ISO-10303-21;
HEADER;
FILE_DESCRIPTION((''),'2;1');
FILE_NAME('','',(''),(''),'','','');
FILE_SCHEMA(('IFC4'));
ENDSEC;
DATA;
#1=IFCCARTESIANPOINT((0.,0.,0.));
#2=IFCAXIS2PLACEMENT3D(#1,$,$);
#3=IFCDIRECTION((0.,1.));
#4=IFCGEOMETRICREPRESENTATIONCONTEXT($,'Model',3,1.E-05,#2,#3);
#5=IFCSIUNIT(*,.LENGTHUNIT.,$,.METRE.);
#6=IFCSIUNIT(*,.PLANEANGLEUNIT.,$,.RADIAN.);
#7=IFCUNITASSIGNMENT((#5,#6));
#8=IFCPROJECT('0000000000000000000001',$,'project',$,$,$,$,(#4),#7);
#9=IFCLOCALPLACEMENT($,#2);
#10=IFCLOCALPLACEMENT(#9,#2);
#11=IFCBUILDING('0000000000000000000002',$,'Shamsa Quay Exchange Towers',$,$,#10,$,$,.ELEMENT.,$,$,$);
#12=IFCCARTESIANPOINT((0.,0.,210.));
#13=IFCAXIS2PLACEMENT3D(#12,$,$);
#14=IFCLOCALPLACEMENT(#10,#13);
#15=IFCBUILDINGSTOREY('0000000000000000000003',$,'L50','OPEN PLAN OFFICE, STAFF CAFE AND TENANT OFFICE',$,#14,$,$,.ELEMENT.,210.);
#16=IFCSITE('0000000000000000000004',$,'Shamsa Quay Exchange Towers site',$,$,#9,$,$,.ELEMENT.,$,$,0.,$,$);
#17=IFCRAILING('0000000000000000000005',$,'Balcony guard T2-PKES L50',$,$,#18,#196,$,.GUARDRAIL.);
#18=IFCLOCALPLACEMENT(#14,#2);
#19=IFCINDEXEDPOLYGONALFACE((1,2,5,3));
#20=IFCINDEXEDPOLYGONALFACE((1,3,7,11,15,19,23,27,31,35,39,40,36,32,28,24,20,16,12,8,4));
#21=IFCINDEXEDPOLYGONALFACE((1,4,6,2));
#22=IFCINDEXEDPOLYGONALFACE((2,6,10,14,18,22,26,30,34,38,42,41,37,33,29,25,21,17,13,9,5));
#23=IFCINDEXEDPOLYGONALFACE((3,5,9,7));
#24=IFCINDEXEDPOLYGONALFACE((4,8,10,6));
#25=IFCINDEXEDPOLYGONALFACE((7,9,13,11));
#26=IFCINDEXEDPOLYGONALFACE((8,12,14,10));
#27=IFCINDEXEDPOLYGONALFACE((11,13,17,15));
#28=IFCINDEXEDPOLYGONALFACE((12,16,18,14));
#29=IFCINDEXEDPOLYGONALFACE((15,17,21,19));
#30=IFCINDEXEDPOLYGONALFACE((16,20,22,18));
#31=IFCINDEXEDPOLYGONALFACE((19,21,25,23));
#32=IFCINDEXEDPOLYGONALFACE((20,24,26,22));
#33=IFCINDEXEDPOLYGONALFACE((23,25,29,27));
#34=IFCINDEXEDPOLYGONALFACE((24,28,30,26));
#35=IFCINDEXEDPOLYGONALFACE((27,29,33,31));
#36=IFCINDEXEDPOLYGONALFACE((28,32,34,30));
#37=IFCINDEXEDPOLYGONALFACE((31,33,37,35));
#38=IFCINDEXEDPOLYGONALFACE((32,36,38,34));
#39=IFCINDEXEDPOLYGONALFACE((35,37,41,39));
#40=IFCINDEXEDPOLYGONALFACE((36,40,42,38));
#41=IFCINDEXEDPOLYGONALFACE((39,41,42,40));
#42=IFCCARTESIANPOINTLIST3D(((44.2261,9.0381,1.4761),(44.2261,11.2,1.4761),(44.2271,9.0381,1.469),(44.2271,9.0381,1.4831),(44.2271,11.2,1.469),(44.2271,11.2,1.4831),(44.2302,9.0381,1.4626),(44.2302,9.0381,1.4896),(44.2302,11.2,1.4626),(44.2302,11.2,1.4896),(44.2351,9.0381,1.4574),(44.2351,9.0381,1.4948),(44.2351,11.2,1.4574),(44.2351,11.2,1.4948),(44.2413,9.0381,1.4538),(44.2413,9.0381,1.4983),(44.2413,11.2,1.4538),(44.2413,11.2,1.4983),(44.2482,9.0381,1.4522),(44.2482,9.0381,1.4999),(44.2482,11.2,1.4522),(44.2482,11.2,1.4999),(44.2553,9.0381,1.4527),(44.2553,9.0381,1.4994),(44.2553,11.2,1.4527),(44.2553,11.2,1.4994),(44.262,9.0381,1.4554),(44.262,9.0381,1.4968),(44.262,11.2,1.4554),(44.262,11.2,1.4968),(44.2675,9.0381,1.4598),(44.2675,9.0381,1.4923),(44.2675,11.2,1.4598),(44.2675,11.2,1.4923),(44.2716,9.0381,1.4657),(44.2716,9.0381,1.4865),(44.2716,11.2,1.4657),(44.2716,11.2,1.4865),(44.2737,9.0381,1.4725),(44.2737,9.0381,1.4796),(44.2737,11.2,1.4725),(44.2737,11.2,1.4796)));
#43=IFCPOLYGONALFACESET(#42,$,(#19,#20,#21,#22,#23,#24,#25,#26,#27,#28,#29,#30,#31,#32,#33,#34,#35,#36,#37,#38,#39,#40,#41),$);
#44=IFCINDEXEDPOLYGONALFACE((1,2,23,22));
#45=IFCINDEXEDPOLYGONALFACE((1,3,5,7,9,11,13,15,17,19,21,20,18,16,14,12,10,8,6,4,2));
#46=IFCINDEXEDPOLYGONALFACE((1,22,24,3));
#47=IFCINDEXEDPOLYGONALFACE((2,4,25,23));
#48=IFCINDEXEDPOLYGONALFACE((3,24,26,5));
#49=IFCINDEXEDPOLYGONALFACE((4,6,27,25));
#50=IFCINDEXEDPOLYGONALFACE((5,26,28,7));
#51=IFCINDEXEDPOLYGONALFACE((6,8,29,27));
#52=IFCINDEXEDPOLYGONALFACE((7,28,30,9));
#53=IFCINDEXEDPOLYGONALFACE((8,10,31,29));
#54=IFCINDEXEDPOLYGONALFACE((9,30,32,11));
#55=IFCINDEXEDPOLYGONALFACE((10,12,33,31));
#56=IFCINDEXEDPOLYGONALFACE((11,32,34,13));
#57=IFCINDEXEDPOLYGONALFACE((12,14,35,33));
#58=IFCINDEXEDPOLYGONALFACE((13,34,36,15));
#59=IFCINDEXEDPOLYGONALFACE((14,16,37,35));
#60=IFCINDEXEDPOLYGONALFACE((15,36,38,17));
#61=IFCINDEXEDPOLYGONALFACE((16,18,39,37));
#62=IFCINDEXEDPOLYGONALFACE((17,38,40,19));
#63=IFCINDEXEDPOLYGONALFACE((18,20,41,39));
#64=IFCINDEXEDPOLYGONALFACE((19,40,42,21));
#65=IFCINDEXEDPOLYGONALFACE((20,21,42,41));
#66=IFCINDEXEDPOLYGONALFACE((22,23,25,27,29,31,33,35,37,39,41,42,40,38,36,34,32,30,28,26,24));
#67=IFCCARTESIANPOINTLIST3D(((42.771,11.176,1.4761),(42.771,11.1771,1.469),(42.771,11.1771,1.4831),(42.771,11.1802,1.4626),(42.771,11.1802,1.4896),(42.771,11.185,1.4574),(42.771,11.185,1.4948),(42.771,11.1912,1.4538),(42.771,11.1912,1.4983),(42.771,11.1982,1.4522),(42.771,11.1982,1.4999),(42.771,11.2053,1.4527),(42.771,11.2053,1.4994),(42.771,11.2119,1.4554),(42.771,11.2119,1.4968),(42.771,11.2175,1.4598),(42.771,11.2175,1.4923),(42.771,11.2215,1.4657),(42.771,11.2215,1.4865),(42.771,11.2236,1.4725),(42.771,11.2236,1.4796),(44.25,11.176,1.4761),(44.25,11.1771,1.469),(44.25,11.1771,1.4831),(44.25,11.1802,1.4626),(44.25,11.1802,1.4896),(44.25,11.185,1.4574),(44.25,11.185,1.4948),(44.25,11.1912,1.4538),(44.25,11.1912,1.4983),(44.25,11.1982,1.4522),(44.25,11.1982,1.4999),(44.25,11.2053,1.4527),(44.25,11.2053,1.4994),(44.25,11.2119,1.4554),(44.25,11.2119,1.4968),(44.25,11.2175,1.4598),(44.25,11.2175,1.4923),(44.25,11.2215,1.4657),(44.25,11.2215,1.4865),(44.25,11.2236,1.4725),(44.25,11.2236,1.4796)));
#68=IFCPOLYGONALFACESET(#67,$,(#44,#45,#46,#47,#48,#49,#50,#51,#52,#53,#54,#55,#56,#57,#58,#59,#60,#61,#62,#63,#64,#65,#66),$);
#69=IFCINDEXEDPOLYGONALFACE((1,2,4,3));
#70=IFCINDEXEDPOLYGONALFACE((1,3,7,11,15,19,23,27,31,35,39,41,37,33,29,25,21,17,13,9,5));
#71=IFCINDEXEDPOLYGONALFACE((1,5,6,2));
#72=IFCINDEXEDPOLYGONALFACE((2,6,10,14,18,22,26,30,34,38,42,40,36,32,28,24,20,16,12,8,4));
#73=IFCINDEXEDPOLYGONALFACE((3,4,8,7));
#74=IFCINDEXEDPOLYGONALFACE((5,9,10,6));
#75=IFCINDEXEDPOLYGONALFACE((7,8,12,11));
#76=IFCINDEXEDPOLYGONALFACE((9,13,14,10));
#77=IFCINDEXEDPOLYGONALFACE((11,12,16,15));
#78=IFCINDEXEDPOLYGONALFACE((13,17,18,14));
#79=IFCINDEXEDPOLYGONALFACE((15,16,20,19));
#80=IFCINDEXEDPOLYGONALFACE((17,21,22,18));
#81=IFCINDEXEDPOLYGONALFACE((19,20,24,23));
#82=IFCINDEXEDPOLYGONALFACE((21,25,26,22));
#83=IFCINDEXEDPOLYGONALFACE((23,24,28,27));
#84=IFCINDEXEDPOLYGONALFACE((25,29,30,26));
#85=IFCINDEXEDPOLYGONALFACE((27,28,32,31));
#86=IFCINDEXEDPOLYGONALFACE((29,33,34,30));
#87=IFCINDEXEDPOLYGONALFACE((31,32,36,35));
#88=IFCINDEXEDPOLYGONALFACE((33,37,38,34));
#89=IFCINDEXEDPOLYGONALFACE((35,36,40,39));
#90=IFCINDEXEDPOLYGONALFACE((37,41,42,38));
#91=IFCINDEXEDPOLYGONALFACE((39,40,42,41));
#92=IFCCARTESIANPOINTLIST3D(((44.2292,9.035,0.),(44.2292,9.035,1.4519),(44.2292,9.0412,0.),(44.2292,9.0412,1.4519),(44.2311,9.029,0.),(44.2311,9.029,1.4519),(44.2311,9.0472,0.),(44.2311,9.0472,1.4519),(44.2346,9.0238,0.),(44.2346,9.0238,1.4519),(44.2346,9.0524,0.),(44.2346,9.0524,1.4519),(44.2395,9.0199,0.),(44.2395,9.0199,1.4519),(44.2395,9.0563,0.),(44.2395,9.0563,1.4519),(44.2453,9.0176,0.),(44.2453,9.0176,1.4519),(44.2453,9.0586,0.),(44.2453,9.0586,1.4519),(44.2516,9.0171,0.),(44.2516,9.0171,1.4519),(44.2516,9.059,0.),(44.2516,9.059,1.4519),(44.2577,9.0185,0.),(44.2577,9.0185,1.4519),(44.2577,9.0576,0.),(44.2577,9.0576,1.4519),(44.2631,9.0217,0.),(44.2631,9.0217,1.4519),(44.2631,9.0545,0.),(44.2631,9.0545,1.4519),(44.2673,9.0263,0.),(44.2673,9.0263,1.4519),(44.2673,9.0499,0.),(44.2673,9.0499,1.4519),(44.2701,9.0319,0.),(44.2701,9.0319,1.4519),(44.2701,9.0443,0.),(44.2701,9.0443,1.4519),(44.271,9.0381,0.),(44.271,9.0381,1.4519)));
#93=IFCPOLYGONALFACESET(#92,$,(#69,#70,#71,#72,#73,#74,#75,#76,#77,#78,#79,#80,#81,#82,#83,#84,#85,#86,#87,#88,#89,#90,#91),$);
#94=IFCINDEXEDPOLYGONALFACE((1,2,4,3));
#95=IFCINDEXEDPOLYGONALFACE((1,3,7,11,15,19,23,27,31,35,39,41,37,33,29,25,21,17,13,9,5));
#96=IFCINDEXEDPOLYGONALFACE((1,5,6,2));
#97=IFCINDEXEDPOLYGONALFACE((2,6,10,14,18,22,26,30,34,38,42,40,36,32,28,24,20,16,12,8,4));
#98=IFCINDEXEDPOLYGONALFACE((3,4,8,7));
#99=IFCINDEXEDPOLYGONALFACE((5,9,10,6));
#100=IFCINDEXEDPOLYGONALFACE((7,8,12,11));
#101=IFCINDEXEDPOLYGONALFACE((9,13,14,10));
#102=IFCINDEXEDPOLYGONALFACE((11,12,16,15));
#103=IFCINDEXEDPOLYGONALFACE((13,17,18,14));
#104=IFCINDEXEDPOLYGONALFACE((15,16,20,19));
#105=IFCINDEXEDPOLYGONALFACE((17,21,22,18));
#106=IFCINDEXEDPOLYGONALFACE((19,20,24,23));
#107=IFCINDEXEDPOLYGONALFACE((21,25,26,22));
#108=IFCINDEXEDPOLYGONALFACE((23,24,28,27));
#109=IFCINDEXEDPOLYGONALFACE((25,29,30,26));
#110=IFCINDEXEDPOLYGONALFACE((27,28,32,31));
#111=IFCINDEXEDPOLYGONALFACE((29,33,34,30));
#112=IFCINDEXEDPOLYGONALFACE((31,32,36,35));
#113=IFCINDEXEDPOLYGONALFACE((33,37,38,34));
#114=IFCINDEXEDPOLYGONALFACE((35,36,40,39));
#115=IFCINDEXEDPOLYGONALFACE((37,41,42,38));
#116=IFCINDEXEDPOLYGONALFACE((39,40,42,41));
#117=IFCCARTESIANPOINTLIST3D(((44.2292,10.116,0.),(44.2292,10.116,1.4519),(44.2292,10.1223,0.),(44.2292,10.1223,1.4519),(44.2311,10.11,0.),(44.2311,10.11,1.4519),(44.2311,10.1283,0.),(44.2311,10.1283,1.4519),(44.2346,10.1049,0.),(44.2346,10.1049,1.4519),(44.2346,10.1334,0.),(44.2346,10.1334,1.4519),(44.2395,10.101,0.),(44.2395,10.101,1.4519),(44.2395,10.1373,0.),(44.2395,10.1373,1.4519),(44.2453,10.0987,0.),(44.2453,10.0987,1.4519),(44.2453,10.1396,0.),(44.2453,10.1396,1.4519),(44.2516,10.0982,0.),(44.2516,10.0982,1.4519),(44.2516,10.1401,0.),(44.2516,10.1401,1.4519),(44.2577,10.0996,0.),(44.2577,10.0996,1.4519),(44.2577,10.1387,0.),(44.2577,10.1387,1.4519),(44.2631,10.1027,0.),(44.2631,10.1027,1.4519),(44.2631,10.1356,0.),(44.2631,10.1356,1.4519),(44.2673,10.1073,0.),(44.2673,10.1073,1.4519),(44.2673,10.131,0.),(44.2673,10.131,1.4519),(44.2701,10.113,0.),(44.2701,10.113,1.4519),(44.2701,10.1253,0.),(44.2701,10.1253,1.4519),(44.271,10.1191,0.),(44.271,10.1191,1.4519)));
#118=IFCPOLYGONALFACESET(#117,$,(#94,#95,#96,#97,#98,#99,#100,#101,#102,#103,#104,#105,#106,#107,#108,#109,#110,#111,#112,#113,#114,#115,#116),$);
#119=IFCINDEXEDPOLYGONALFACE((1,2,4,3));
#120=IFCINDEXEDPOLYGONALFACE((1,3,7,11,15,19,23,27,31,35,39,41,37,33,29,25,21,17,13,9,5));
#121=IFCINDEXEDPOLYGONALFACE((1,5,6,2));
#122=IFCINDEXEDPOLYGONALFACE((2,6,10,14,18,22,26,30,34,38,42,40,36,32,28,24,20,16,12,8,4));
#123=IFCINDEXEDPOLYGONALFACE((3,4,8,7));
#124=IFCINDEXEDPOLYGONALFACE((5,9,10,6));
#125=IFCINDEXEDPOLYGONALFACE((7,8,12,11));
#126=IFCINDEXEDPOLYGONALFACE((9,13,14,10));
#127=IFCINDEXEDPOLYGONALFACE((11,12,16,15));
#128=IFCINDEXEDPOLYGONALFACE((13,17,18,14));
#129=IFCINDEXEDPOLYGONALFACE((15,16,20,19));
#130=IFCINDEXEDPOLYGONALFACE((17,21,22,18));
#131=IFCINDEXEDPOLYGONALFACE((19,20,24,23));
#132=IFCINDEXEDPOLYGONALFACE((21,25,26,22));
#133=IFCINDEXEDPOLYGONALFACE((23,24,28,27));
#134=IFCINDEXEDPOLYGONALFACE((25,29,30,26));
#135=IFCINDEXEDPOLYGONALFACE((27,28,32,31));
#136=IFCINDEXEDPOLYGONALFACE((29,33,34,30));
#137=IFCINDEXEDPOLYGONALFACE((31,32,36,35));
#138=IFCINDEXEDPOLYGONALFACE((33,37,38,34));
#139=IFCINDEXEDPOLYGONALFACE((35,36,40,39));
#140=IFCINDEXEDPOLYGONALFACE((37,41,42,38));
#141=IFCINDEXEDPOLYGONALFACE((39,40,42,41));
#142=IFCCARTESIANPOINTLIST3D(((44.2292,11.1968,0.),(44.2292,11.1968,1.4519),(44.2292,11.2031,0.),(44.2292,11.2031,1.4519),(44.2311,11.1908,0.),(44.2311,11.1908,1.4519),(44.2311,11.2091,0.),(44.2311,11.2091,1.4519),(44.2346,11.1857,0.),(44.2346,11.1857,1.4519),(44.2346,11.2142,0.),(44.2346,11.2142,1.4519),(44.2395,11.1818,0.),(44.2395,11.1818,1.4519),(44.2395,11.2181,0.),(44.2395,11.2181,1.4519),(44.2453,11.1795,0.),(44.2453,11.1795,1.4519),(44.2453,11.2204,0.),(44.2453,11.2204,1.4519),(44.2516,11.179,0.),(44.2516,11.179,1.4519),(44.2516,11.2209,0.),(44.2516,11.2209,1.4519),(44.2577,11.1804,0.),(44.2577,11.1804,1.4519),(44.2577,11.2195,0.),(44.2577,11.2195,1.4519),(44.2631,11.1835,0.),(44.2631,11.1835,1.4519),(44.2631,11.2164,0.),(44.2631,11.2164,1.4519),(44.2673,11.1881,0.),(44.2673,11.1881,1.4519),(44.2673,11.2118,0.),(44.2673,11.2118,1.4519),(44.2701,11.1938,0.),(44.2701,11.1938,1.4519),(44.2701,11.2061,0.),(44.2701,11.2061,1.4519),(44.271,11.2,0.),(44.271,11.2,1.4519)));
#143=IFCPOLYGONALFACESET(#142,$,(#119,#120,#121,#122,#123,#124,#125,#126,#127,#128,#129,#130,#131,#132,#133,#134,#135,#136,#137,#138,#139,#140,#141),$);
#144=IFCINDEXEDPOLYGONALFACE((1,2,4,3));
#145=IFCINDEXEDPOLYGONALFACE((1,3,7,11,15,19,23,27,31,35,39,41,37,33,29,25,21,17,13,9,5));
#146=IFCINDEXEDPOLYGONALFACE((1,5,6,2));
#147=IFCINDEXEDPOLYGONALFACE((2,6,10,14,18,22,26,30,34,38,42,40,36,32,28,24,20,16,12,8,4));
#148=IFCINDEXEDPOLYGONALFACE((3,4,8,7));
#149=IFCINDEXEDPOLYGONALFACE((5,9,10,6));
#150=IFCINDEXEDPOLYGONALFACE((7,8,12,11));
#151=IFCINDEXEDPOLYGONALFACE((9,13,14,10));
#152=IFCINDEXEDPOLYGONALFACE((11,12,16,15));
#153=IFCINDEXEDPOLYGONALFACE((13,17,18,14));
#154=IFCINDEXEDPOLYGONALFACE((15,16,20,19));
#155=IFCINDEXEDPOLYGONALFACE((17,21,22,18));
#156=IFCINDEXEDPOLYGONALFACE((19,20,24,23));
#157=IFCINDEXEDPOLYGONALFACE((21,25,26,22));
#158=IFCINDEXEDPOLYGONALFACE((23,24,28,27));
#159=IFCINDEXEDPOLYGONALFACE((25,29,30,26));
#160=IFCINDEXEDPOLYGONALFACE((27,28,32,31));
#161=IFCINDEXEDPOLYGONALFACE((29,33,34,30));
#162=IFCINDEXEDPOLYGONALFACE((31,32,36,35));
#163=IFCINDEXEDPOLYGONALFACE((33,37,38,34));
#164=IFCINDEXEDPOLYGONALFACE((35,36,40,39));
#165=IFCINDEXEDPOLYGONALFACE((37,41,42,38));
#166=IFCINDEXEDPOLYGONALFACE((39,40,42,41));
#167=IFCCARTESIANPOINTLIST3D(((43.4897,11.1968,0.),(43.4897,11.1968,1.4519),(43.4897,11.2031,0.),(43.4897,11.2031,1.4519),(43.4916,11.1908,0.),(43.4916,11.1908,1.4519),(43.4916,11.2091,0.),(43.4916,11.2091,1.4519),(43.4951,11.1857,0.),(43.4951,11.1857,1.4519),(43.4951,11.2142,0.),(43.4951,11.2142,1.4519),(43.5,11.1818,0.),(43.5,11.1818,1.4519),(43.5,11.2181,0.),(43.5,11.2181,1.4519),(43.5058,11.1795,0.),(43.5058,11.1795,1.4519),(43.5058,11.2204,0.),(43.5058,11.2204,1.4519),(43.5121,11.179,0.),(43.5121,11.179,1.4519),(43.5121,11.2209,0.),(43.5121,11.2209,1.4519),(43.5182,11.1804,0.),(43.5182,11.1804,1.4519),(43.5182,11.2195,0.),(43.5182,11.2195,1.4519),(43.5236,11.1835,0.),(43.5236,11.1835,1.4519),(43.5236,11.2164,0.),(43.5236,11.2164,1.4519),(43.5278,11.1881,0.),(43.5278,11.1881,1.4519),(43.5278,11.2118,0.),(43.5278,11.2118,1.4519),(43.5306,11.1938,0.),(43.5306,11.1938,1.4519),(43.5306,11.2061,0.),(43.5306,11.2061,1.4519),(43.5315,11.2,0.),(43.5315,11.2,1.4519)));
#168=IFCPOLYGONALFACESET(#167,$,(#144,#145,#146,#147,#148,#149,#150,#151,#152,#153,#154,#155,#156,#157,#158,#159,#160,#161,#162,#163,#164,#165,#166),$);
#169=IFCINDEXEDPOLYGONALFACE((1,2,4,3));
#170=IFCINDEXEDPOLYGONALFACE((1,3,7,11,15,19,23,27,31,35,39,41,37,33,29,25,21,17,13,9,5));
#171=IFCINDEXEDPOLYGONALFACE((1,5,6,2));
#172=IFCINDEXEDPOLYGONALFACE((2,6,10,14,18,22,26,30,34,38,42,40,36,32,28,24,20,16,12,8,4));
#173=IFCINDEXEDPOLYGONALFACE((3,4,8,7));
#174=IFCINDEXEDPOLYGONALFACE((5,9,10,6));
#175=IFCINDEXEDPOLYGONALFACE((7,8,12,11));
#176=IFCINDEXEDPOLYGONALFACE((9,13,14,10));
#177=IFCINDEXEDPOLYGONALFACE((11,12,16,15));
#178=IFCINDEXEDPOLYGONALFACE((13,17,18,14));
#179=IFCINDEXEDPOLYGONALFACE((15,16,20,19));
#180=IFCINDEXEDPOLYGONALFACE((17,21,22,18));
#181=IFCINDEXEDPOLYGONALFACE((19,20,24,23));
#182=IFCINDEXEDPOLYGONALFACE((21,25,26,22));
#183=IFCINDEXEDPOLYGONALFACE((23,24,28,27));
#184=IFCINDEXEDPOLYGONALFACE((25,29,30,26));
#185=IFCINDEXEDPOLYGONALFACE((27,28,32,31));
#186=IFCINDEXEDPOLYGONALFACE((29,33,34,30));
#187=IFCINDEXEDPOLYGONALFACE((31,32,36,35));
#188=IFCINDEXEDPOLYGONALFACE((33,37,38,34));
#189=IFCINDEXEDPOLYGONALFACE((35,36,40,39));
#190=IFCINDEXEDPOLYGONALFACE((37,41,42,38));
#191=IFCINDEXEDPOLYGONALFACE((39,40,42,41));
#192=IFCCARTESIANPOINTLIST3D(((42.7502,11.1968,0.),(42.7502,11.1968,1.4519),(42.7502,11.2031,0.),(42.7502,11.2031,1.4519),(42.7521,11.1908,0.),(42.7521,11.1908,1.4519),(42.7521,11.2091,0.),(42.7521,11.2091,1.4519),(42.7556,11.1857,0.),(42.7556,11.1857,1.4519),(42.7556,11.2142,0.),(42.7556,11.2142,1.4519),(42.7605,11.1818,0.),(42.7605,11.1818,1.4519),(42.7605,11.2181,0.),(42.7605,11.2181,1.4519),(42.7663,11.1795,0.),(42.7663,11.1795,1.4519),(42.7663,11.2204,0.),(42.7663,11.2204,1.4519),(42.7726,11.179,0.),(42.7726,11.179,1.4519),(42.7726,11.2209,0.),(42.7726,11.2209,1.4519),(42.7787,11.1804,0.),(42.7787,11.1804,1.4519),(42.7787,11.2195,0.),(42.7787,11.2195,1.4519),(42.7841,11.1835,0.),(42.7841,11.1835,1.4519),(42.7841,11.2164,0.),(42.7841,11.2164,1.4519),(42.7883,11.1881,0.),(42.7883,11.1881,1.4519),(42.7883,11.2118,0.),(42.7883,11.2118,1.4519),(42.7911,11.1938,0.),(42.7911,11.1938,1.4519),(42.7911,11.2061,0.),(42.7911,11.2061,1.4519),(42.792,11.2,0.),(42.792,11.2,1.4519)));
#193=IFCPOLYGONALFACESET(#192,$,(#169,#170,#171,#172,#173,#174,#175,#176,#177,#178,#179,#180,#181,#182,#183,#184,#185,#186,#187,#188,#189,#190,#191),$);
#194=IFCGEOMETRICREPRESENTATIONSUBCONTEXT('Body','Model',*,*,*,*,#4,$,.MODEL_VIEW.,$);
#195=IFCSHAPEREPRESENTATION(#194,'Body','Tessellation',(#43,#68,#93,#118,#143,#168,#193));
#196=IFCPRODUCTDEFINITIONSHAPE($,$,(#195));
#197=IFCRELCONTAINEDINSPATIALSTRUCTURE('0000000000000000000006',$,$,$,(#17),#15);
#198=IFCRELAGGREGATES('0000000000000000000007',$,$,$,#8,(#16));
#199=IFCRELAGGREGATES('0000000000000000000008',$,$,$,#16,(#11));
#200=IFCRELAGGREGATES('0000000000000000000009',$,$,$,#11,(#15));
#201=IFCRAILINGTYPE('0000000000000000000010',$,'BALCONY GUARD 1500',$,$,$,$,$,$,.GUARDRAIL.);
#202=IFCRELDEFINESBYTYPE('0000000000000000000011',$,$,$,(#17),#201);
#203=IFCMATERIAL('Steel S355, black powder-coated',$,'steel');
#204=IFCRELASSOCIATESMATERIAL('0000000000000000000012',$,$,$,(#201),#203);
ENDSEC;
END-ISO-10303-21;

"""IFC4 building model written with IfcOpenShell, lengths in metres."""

from ifc_helpers import new_model, si_unit, direction, frame, origin, origin_2d, place, context, subcontext, project, spatial, circle, extrude, material, type_object, element, save


model = new_model("IFC4")

# Units and contexts
model_context = context("Model", 3, precision=1e-05, world=origin(), true_north=direction((0.0, 1.0)))
body_context = subcontext(model_context, "Body", "Model", "MODEL_VIEW")
ifc_project = project(units=[si_unit("LENGTHUNIT", "METRE"), si_unit("PLANEANGLEUNIT", "RADIAN")], contexts=[model_context])

# Site, building, storey
site_placement = place(None, origin())
site = spatial("IfcSite", under=ifc_project, at=site_placement, Name="Shamsa Quay Exchange Towers site", CompositionType="ELEMENT", RefElevation=0.0)
building_placement = place(site_placement, origin())
building = spatial("IfcBuilding", under=site, at=building_placement, Name="Shamsa Quay Exchange Towers", CompositionType="ELEMENT")
storey_placement = place(building_placement, frame((0.0, 0.0, 210.0)))
storey = spatial("IfcBuildingStorey", under=building, at=storey_placement, Name="L50", Description="OPEN PLAN OFFICE, STAFF CAFE AND TENANT OFFICE", CompositionType="ELEMENT", Elevation=210.0)

# Railing
ifc_material_1 = material(Name="Steel S355, black powder-coated", Category="steel")
railing_type_1 = type_object("IfcRailingType", Name="BALCONY GUARD 1500", PredefinedType="GUARDRAIL", material=ifc_material_1)
for number, where, name in (
    (1, (44.25, 9.0381, 0.0), "Balcony guard T2-PKES L50"),
):
    element("IfcRailing", number, at=place(storey_placement, frame(where)), inside=storey, type_object=railing_type_1, Name=name, PredefinedType="GUARDRAIL", context=body_context, shape_type="SweptSolid", body=[
        extrude(circle(Radius=0.0239, at=origin_2d()), frame((0.0, 0.0, 1.4761), z_axis=(0.0, 1.0, 0.0), x_axis=(-1.0, 0.0, 0.0)), (0.0, 0.0, 1.0), 2.1619),
        extrude(circle(Radius=0.0239, at=origin_2d()), frame((0.0, 2.1619, 1.4761), z_axis=(-1.0, 0.0, 0.0), x_axis=(0.0, -1.0, 0.0)), (0.0, 0.0, 1.0), 1.479),
        extrude(circle(Radius=0.021, at=origin_2d()), origin(), (0.0, 0.0, 1.0), 1.4519),
        extrude(circle(Radius=0.021, at=origin_2d()), frame((0.0, 1.0811, 0.0)), (0.0, 0.0, 1.0), 1.4519),
        extrude(circle(Radius=0.021, at=origin_2d()), frame((0.0, 2.1619, 0.0)), (0.0, 0.0, 1.0), 1.4519),
        extrude(circle(Radius=0.021, at=origin_2d()), frame((-0.7395, 2.1619, 0.0)), (0.0, 0.0, 1.0), 1.4519),
        extrude(circle(Radius=0.021, at=origin_2d()), frame((-1.479, 2.1619, 0.0)), (0.0, 0.0, 1.0), 1.4519),
    ])

save(model, "model.ifc")
